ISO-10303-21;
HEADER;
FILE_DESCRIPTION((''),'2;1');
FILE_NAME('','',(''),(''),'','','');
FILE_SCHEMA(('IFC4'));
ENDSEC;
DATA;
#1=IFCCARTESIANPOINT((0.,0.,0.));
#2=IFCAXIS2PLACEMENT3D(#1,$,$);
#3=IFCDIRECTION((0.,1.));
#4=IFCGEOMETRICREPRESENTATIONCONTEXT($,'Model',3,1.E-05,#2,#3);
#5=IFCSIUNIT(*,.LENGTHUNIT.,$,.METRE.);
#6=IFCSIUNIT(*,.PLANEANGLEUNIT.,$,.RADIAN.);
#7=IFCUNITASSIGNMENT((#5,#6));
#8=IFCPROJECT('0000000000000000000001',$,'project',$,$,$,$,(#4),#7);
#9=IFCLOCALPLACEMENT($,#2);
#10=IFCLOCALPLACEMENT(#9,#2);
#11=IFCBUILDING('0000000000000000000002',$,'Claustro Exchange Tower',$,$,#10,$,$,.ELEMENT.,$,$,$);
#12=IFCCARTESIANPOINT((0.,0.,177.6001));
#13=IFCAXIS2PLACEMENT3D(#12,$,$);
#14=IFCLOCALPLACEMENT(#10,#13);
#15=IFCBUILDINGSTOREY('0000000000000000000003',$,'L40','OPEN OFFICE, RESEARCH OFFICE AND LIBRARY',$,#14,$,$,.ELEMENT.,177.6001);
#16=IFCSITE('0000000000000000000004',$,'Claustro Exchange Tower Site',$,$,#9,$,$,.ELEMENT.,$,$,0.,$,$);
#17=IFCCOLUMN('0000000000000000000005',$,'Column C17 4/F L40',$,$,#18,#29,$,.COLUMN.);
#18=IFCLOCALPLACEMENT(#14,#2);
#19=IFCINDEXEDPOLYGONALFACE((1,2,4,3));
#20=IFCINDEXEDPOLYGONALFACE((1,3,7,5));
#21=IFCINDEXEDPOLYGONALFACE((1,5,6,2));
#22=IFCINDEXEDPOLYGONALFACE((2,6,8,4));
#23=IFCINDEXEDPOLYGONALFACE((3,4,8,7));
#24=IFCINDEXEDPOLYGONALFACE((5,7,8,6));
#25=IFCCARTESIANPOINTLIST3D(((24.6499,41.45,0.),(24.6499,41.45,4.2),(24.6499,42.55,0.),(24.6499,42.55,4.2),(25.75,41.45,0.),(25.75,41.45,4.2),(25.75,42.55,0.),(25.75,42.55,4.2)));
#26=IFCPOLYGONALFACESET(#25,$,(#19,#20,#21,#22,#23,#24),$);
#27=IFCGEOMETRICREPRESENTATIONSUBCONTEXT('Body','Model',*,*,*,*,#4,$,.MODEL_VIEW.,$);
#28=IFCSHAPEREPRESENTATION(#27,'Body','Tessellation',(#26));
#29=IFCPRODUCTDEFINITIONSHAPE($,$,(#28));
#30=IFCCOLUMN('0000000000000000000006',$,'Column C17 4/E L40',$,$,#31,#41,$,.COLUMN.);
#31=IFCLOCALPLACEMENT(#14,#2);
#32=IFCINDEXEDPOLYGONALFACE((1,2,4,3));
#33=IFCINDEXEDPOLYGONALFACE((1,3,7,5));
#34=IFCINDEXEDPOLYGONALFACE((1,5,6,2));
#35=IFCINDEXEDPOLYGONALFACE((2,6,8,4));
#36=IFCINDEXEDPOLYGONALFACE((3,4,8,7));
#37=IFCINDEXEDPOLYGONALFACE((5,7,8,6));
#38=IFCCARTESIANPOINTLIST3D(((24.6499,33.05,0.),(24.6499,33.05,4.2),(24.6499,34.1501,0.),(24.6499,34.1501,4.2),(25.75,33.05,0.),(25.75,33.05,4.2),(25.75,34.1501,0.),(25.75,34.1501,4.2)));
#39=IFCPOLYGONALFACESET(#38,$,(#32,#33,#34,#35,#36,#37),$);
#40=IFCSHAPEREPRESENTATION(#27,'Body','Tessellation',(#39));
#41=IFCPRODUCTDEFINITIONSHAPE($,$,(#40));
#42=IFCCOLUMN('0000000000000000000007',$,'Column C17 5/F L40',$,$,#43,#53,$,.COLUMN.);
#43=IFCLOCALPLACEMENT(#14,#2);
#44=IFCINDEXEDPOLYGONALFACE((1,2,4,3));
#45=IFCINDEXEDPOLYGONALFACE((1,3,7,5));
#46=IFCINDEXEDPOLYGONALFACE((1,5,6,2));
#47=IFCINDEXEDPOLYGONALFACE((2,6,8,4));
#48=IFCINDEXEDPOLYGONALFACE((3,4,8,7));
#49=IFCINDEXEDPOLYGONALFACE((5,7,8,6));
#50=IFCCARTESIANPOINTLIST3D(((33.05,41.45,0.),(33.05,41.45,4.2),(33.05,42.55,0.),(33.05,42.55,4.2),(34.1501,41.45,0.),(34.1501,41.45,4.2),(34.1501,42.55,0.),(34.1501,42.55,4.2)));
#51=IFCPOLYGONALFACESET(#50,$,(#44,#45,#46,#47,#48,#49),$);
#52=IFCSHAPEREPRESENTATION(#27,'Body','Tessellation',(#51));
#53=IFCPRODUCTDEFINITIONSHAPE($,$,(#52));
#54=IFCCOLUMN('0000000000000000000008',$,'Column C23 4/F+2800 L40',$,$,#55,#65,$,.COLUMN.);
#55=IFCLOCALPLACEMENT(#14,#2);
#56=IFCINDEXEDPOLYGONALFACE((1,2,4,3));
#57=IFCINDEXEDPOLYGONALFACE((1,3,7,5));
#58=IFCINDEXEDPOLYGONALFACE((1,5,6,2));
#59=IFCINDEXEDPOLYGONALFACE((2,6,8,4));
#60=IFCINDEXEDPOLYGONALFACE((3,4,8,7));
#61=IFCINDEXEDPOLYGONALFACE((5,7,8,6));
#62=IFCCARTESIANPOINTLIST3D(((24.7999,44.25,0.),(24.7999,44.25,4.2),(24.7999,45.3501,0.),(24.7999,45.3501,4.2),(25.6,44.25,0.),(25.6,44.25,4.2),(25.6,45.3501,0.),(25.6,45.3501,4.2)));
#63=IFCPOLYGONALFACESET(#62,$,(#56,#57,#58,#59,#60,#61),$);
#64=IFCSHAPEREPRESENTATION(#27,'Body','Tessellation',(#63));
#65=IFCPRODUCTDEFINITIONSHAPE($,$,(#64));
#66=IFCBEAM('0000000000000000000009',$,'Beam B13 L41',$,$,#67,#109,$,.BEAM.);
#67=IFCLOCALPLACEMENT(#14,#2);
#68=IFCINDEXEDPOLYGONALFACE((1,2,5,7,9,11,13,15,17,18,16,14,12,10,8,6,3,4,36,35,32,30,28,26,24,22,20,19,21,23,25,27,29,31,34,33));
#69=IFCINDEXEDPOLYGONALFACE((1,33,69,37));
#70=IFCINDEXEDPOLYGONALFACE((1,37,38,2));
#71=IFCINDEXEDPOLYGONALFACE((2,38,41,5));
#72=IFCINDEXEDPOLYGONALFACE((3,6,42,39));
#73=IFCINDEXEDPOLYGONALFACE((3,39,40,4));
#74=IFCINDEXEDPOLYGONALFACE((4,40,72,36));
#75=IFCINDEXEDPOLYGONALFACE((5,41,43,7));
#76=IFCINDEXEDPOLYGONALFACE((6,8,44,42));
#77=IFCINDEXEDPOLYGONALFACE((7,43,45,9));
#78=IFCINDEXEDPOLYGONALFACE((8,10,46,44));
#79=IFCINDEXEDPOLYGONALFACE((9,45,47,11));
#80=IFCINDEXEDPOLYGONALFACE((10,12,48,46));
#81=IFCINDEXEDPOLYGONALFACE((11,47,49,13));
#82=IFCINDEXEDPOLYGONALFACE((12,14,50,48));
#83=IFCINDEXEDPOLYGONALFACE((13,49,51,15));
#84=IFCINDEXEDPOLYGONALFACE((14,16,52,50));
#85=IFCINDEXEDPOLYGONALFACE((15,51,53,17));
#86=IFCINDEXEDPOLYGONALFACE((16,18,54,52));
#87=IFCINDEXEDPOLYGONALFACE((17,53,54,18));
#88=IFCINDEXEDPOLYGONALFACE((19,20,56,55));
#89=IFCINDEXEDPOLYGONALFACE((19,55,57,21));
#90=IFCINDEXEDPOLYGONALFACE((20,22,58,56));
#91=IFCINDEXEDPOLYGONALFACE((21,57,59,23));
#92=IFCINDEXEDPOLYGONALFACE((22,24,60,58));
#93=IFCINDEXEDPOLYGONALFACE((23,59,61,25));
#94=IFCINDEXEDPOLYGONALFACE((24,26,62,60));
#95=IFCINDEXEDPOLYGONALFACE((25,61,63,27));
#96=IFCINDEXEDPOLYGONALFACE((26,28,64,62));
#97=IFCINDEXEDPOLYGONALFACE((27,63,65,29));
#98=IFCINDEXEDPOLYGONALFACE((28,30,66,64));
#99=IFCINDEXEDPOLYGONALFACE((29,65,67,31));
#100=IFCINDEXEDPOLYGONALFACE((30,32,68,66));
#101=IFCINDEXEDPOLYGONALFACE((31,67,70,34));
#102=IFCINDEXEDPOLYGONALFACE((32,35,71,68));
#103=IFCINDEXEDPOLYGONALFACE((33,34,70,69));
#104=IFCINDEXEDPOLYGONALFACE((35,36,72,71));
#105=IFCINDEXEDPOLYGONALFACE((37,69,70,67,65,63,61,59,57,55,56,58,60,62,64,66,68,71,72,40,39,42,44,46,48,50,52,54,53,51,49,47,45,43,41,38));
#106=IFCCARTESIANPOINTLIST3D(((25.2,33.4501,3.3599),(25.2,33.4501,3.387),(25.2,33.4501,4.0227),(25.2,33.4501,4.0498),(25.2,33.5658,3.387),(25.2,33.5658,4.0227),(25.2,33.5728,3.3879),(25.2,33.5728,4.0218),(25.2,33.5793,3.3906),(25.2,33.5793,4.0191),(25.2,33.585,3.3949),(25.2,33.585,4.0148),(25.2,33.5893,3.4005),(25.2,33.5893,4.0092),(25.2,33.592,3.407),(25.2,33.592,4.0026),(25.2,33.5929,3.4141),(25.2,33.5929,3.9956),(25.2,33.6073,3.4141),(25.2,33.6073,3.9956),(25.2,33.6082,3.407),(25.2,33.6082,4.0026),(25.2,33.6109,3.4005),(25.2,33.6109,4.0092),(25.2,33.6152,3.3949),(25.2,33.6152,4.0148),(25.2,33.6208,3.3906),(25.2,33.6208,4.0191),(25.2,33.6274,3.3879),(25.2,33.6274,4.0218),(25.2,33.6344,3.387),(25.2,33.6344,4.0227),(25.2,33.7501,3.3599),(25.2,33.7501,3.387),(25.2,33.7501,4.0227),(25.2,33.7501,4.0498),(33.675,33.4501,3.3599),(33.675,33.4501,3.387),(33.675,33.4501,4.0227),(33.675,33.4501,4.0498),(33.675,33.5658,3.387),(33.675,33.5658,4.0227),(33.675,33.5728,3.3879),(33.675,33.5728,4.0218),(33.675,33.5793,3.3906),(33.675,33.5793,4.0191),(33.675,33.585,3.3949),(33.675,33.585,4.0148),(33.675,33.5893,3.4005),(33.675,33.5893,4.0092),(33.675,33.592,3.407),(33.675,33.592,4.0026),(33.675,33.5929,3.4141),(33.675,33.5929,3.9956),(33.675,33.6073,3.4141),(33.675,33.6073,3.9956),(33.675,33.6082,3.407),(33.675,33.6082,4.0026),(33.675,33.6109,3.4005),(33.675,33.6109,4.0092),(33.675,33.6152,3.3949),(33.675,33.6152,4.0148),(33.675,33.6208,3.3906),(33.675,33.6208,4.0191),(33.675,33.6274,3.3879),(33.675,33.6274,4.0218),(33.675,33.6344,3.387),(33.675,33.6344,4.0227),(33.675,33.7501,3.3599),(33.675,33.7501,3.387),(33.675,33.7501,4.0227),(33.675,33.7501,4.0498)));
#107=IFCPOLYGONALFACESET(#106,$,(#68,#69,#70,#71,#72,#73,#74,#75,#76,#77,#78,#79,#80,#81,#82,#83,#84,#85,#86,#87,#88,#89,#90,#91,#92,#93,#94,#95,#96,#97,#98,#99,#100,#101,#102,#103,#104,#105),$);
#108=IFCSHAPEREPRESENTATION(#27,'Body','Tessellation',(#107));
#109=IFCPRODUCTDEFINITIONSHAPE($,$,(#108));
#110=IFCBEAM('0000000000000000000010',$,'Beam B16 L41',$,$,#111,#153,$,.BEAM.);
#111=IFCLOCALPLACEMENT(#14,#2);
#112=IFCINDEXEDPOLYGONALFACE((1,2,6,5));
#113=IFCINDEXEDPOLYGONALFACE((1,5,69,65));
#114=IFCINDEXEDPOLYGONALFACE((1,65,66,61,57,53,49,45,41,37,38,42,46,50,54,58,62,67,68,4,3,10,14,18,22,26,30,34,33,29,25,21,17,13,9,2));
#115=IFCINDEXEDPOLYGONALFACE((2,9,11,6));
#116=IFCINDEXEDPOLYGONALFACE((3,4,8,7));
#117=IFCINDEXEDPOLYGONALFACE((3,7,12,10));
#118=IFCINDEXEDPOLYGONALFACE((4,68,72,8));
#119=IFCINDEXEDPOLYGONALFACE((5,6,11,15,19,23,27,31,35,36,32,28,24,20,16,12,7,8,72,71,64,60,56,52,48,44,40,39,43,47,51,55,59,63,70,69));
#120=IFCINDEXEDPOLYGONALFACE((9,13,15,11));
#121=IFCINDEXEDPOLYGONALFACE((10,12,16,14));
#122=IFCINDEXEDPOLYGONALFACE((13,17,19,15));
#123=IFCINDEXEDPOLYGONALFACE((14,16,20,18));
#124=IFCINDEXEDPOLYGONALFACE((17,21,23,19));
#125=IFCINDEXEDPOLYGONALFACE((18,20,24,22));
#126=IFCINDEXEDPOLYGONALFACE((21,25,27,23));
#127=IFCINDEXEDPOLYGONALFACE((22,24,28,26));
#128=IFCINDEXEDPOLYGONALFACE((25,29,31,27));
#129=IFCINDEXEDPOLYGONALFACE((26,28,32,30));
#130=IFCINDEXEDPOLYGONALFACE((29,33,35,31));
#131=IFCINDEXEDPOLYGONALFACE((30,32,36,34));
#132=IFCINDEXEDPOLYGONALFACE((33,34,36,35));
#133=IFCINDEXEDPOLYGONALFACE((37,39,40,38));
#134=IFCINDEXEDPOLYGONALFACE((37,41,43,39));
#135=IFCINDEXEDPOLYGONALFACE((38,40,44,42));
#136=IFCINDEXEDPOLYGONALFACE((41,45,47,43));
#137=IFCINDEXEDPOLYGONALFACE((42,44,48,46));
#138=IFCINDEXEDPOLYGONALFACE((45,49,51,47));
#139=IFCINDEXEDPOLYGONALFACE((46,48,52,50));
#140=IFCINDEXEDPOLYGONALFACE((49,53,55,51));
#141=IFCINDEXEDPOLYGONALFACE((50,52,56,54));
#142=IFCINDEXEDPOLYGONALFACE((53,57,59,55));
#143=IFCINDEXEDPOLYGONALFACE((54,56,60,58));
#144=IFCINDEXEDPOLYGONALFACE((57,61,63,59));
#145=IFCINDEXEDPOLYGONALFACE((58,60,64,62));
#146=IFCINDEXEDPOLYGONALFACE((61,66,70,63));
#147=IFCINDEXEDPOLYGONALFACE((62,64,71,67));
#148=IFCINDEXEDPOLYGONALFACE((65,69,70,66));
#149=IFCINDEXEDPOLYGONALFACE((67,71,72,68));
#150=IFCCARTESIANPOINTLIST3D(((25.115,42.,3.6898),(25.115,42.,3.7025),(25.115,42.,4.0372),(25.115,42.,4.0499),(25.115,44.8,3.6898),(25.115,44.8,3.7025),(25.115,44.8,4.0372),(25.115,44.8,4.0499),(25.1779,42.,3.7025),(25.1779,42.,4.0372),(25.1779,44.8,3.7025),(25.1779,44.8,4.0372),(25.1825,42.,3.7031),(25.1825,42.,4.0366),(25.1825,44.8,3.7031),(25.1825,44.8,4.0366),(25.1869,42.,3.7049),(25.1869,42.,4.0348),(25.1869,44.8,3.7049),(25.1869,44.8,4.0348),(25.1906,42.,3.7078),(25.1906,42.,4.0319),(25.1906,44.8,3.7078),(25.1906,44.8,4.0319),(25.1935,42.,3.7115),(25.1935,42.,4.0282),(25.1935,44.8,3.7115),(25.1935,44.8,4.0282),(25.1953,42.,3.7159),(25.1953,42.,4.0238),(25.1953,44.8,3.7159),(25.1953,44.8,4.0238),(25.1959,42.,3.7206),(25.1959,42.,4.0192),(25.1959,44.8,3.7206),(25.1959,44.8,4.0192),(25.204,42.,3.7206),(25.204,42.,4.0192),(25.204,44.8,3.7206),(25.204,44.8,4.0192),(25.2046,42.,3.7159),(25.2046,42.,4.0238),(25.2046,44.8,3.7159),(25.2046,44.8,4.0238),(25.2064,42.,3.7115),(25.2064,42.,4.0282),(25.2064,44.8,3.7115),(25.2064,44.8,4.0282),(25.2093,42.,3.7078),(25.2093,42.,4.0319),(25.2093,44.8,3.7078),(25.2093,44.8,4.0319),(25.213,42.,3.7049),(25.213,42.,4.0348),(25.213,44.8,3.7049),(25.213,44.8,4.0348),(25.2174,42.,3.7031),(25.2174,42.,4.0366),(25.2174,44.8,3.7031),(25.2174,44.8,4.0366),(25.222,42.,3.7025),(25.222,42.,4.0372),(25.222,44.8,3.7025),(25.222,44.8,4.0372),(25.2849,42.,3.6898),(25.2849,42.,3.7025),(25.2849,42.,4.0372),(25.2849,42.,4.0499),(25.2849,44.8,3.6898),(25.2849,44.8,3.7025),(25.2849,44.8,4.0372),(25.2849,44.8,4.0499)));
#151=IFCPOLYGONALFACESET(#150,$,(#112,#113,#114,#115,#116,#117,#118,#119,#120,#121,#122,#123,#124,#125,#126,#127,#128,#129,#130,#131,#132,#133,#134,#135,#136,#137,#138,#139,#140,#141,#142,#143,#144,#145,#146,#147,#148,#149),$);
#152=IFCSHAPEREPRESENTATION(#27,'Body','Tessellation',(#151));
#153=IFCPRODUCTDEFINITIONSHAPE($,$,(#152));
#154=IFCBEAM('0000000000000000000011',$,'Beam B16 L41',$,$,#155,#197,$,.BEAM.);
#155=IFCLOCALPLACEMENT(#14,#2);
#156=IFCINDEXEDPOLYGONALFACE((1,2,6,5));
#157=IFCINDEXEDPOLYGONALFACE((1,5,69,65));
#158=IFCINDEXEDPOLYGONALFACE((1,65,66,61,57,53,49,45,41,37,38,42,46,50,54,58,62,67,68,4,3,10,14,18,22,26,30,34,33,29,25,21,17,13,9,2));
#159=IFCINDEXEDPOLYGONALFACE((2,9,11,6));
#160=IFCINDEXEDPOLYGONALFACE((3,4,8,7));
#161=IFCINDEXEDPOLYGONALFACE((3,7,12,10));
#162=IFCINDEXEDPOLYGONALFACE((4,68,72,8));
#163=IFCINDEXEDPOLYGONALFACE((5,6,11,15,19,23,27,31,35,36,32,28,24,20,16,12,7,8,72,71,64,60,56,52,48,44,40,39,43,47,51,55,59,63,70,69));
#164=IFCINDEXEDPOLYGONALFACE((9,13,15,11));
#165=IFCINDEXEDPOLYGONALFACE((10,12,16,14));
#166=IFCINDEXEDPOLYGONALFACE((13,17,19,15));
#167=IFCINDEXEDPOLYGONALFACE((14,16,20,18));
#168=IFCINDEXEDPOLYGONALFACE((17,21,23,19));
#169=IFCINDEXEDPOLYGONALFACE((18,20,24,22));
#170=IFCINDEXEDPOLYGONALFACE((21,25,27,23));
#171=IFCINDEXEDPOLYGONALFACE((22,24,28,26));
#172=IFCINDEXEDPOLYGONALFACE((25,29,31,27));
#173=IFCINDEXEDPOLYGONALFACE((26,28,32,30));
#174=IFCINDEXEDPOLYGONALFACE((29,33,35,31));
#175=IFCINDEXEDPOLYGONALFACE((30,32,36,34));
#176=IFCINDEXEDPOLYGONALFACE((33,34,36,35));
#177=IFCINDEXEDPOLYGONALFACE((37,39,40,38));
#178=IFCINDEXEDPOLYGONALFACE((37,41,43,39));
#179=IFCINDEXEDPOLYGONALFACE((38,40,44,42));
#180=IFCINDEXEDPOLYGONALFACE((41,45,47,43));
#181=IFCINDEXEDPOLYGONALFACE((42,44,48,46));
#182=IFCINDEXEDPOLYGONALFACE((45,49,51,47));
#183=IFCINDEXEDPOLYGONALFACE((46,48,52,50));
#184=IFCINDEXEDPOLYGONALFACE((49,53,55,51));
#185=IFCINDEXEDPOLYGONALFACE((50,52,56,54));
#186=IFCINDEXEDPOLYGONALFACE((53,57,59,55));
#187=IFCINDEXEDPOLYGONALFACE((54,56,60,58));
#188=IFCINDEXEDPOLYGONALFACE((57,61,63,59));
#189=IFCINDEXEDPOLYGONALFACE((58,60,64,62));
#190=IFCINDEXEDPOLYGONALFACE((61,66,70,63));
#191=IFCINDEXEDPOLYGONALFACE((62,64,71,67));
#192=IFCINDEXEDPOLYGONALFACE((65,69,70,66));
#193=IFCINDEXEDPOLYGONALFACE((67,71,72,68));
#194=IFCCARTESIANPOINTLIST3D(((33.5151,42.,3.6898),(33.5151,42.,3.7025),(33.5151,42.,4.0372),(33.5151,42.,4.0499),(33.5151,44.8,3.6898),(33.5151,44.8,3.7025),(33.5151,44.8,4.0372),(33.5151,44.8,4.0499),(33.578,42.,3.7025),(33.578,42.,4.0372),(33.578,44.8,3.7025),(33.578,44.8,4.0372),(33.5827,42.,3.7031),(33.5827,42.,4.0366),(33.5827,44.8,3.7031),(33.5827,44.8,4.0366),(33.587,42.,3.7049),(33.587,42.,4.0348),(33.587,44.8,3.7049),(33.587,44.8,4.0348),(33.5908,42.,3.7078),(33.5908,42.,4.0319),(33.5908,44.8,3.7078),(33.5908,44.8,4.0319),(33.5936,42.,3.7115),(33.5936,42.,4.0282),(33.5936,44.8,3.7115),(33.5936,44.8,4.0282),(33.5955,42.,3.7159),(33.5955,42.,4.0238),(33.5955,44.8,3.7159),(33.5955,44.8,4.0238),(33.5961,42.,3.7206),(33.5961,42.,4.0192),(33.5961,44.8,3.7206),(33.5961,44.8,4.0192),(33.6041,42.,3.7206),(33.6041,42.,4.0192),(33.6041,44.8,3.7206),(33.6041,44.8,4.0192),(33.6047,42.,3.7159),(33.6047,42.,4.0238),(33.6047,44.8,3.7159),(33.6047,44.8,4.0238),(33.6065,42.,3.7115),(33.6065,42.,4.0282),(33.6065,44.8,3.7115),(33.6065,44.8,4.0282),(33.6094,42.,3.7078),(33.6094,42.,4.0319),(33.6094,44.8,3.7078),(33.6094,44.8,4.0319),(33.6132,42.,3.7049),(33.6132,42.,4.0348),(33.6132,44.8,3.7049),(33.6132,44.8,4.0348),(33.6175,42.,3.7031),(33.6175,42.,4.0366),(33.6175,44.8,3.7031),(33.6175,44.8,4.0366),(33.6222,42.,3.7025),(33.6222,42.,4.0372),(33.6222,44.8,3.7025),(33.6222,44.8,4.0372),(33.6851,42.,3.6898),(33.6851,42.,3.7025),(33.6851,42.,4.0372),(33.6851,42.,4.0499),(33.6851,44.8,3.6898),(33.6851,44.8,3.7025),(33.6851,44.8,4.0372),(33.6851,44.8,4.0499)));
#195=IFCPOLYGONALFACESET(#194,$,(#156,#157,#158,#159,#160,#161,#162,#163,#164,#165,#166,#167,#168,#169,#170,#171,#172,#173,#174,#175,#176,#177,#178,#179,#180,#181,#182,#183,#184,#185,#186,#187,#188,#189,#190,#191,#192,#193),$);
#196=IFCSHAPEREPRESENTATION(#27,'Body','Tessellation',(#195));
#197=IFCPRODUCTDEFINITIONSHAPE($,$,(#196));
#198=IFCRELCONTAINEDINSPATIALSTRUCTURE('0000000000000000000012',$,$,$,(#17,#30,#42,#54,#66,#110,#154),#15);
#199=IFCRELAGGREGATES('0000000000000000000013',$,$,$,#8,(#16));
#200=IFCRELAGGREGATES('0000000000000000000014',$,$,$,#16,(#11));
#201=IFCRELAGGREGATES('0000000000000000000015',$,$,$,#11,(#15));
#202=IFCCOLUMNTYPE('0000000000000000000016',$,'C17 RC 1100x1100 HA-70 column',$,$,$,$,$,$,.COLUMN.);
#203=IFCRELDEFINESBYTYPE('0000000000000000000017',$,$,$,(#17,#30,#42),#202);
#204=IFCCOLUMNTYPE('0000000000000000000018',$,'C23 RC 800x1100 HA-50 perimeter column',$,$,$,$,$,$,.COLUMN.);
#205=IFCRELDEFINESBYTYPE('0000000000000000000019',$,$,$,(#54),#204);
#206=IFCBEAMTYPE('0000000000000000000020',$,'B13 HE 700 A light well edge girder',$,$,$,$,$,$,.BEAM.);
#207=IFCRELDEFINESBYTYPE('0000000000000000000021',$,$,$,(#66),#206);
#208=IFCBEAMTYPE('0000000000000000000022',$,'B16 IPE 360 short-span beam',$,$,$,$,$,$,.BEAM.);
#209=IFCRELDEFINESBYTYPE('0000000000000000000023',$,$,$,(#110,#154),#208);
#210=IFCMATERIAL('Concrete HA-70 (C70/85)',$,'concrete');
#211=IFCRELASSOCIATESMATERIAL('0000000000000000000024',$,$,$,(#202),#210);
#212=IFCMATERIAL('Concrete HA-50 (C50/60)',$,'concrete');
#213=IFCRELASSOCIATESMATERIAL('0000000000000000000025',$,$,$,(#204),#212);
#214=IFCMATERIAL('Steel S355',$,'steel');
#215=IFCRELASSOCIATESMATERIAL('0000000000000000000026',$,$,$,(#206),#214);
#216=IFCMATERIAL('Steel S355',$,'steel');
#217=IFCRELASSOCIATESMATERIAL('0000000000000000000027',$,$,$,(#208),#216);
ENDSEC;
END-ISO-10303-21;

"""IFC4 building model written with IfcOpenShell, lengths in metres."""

from ifc_helpers import new_model, si_unit, direction, frame, origin, origin_2d, place, context, subcontext, project, spatial, rectangle, i_section, extrude, material, material_profile, profile_set, type_object, element, save


model = new_model("IFC4")

# Units and contexts
model_context = context("Model", 3, precision=1e-05, world=origin(), true_north=direction((0.0, 1.0)))
body_context = subcontext(model_context, "Body", "Model", "MODEL_VIEW")
ifc_project = project(units=[si_unit("LENGTHUNIT", "METRE"), si_unit("PLANEANGLEUNIT", "RADIAN")], contexts=[model_context])

# Site, building, storey
site_placement = place(None, origin())
site = spatial("IfcSite", under=ifc_project, at=site_placement, Name="Claustro Exchange Tower Site", CompositionType="ELEMENT", RefElevation=0.0)
building_placement = place(site_placement, origin())
building = spatial("IfcBuilding", under=site, at=building_placement, Name="Claustro Exchange Tower", CompositionType="ELEMENT")
storey_placement = place(building_placement, frame((0.0, 0.0, 177.6001)))
storey = spatial("IfcBuildingStorey", under=building, at=storey_placement, Name="L40", Description="OPEN OFFICE, RESEARCH OFFICE AND LIBRARY", CompositionType="ELEMENT", Elevation=177.6001)

# Columns
ifc_material_1 = material(Name="Concrete HA-70 (C70/85)", Category="concrete")
ifc_material_profile_1 = material_profile(ifc_material_1, rectangle(XDim=1.1001, YDim=1.1001, at=origin_2d()), Name="RC 1100x1100")
ifc_profile_set_1 = profile_set([ifc_material_profile_1], Name="Concrete HA-70 (C70/85)")
column_type_1 = type_object("IfcColumnType", Name="C17 RC 1100x1100 HA-70 column", PredefinedType="COLUMN", material=ifc_profile_set_1)
for number, where, z_axis, x_axis, name in (
    (1, (25.2, 42.0, 0.0), (0.0, 0.0, 1.0), (1.0, 0.0, 0.0), "Column C17 4/F L40"),
    (2, (25.2, 33.6001, 0.0), (0.0, 0.0, 1.0), (1.0, 0.0, 0.0), "Column C17 4/E L40"),
    (3, (33.6001, 42.0, 0.0), (0.0, 0.0, 1.0), (1.0, 0.0, 0.0), "Column C17 5/F L40"),
):
    element("IfcColumn", number, at=place(storey_placement, frame(where, z_axis=z_axis, x_axis=x_axis)), inside=storey, type_object=column_type_1, Name=name, PredefinedType="COLUMN", context=body_context, shape_type="SweptSolid", body=[
        extrude(rectangle(XDim=1.1001, YDim=1.1001, at=origin_2d()), origin(), (0.0, 0.0, 1.0), 4.2),
    ])
ifc_material_2 = material(Name="Concrete HA-50 (C50/60)", Category="concrete")
ifc_material_profile_2 = material_profile(ifc_material_2, rectangle(XDim=0.8, YDim=1.1001, at=origin_2d()), Name="RC 800x1100")
ifc_profile_set_2 = profile_set([ifc_material_profile_2], Name="Concrete HA-50 (C50/60)")
column_type_2 = type_object("IfcColumnType", Name="C23 RC 800x1100 HA-50 perimeter column", PredefinedType="COLUMN", material=ifc_profile_set_2)
column_placement = place(storey_placement, frame((25.2, 44.8, 0.0), z_axis=(0.0, 0.0, 1.0), x_axis=(1.0, 0.0, 0.0)))
element("IfcColumn", 4, at=column_placement, inside=storey, type_object=column_type_2, Name="Column C23 4/F+2800 L40", PredefinedType="COLUMN", context=body_context, shape_type="SweptSolid", body=[
    extrude(rectangle(XDim=0.8, YDim=1.1001, at=origin_2d()), origin(), (0.0, 0.0, 1.0), 4.2),
])

# Beams
ifc_material_3 = material(Name="Steel S355", Category="steel")
ifc_material_profile_3 = material_profile(ifc_material_3, i_section(OverallWidth=0.3, OverallDepth=0.6899, WebThickness=0.0144, FlangeThickness=0.0271, FilletRadius=0.0271, at=origin_2d()), Name="HE 700 A")
ifc_profile_set_3 = profile_set([ifc_material_profile_3], Name="Steel S355")
beam_type_1 = type_object("IfcBeamType", Name="B13 HE 700 A light well edge girder", PredefinedType="BEAM", material=ifc_profile_set_3)
beam_1_placement = place(storey_placement, frame((25.2, 33.6001, 3.7048), z_axis=(1.0, 0.0, 0.0), x_axis=(0.0, 1.0, 0.0)))
element("IfcBeam", 5, at=beam_1_placement, inside=storey, type_object=beam_type_1, Name="Beam B13 L41", PredefinedType="BEAM", context=body_context, shape_type="SweptSolid", body=[
    extrude(i_section(OverallWidth=0.3, OverallDepth=0.6899, WebThickness=0.0144, FlangeThickness=0.0271, FilletRadius=0.0271, at=origin_2d()), origin(), (0.0, 0.0, 1.0), 8.4751),
])
ifc_material_4 = material(Name="Steel S355", Category="steel")
ifc_material_profile_4 = material_profile(ifc_material_4, i_section(OverallWidth=0.1699, OverallDepth=0.3601, WebThickness=0.0081, FlangeThickness=0.0127, FilletRadius=0.0181, at=origin_2d()), Name="IPE 360")
ifc_profile_set_4 = profile_set([ifc_material_profile_4], Name="Steel S355")
beam_type_2 = type_object("IfcBeamType", Name="B16 IPE 360 short-span beam", PredefinedType="BEAM", material=ifc_profile_set_4)
for number, where, z_axis, x_axis, name in (
    (6, (25.2, 42.0, 3.8699), (0.0, 1.0, 0.0), (-1.0, 0.0, 0.0), "Beam B16 L41"),
    (7, (33.6001, 42.0, 3.8699), (0.0, 1.0, 0.0), (-1.0, 0.0, 0.0), "Beam B16 L41"),
):
    element("IfcBeam", number, at=place(storey_placement, frame(where, z_axis=z_axis, x_axis=x_axis)), inside=storey, type_object=beam_type_2, Name=name, PredefinedType="BEAM", context=body_context, shape_type="SweptSolid", body=[
        extrude(i_section(OverallWidth=0.1699, OverallDepth=0.3601, WebThickness=0.0081, FlangeThickness=0.0127, FilletRadius=0.0181, at=origin_2d()), origin(), (0.0, 0.0, 1.0), 2.8),
    ])

save(model, "model.ifc")
